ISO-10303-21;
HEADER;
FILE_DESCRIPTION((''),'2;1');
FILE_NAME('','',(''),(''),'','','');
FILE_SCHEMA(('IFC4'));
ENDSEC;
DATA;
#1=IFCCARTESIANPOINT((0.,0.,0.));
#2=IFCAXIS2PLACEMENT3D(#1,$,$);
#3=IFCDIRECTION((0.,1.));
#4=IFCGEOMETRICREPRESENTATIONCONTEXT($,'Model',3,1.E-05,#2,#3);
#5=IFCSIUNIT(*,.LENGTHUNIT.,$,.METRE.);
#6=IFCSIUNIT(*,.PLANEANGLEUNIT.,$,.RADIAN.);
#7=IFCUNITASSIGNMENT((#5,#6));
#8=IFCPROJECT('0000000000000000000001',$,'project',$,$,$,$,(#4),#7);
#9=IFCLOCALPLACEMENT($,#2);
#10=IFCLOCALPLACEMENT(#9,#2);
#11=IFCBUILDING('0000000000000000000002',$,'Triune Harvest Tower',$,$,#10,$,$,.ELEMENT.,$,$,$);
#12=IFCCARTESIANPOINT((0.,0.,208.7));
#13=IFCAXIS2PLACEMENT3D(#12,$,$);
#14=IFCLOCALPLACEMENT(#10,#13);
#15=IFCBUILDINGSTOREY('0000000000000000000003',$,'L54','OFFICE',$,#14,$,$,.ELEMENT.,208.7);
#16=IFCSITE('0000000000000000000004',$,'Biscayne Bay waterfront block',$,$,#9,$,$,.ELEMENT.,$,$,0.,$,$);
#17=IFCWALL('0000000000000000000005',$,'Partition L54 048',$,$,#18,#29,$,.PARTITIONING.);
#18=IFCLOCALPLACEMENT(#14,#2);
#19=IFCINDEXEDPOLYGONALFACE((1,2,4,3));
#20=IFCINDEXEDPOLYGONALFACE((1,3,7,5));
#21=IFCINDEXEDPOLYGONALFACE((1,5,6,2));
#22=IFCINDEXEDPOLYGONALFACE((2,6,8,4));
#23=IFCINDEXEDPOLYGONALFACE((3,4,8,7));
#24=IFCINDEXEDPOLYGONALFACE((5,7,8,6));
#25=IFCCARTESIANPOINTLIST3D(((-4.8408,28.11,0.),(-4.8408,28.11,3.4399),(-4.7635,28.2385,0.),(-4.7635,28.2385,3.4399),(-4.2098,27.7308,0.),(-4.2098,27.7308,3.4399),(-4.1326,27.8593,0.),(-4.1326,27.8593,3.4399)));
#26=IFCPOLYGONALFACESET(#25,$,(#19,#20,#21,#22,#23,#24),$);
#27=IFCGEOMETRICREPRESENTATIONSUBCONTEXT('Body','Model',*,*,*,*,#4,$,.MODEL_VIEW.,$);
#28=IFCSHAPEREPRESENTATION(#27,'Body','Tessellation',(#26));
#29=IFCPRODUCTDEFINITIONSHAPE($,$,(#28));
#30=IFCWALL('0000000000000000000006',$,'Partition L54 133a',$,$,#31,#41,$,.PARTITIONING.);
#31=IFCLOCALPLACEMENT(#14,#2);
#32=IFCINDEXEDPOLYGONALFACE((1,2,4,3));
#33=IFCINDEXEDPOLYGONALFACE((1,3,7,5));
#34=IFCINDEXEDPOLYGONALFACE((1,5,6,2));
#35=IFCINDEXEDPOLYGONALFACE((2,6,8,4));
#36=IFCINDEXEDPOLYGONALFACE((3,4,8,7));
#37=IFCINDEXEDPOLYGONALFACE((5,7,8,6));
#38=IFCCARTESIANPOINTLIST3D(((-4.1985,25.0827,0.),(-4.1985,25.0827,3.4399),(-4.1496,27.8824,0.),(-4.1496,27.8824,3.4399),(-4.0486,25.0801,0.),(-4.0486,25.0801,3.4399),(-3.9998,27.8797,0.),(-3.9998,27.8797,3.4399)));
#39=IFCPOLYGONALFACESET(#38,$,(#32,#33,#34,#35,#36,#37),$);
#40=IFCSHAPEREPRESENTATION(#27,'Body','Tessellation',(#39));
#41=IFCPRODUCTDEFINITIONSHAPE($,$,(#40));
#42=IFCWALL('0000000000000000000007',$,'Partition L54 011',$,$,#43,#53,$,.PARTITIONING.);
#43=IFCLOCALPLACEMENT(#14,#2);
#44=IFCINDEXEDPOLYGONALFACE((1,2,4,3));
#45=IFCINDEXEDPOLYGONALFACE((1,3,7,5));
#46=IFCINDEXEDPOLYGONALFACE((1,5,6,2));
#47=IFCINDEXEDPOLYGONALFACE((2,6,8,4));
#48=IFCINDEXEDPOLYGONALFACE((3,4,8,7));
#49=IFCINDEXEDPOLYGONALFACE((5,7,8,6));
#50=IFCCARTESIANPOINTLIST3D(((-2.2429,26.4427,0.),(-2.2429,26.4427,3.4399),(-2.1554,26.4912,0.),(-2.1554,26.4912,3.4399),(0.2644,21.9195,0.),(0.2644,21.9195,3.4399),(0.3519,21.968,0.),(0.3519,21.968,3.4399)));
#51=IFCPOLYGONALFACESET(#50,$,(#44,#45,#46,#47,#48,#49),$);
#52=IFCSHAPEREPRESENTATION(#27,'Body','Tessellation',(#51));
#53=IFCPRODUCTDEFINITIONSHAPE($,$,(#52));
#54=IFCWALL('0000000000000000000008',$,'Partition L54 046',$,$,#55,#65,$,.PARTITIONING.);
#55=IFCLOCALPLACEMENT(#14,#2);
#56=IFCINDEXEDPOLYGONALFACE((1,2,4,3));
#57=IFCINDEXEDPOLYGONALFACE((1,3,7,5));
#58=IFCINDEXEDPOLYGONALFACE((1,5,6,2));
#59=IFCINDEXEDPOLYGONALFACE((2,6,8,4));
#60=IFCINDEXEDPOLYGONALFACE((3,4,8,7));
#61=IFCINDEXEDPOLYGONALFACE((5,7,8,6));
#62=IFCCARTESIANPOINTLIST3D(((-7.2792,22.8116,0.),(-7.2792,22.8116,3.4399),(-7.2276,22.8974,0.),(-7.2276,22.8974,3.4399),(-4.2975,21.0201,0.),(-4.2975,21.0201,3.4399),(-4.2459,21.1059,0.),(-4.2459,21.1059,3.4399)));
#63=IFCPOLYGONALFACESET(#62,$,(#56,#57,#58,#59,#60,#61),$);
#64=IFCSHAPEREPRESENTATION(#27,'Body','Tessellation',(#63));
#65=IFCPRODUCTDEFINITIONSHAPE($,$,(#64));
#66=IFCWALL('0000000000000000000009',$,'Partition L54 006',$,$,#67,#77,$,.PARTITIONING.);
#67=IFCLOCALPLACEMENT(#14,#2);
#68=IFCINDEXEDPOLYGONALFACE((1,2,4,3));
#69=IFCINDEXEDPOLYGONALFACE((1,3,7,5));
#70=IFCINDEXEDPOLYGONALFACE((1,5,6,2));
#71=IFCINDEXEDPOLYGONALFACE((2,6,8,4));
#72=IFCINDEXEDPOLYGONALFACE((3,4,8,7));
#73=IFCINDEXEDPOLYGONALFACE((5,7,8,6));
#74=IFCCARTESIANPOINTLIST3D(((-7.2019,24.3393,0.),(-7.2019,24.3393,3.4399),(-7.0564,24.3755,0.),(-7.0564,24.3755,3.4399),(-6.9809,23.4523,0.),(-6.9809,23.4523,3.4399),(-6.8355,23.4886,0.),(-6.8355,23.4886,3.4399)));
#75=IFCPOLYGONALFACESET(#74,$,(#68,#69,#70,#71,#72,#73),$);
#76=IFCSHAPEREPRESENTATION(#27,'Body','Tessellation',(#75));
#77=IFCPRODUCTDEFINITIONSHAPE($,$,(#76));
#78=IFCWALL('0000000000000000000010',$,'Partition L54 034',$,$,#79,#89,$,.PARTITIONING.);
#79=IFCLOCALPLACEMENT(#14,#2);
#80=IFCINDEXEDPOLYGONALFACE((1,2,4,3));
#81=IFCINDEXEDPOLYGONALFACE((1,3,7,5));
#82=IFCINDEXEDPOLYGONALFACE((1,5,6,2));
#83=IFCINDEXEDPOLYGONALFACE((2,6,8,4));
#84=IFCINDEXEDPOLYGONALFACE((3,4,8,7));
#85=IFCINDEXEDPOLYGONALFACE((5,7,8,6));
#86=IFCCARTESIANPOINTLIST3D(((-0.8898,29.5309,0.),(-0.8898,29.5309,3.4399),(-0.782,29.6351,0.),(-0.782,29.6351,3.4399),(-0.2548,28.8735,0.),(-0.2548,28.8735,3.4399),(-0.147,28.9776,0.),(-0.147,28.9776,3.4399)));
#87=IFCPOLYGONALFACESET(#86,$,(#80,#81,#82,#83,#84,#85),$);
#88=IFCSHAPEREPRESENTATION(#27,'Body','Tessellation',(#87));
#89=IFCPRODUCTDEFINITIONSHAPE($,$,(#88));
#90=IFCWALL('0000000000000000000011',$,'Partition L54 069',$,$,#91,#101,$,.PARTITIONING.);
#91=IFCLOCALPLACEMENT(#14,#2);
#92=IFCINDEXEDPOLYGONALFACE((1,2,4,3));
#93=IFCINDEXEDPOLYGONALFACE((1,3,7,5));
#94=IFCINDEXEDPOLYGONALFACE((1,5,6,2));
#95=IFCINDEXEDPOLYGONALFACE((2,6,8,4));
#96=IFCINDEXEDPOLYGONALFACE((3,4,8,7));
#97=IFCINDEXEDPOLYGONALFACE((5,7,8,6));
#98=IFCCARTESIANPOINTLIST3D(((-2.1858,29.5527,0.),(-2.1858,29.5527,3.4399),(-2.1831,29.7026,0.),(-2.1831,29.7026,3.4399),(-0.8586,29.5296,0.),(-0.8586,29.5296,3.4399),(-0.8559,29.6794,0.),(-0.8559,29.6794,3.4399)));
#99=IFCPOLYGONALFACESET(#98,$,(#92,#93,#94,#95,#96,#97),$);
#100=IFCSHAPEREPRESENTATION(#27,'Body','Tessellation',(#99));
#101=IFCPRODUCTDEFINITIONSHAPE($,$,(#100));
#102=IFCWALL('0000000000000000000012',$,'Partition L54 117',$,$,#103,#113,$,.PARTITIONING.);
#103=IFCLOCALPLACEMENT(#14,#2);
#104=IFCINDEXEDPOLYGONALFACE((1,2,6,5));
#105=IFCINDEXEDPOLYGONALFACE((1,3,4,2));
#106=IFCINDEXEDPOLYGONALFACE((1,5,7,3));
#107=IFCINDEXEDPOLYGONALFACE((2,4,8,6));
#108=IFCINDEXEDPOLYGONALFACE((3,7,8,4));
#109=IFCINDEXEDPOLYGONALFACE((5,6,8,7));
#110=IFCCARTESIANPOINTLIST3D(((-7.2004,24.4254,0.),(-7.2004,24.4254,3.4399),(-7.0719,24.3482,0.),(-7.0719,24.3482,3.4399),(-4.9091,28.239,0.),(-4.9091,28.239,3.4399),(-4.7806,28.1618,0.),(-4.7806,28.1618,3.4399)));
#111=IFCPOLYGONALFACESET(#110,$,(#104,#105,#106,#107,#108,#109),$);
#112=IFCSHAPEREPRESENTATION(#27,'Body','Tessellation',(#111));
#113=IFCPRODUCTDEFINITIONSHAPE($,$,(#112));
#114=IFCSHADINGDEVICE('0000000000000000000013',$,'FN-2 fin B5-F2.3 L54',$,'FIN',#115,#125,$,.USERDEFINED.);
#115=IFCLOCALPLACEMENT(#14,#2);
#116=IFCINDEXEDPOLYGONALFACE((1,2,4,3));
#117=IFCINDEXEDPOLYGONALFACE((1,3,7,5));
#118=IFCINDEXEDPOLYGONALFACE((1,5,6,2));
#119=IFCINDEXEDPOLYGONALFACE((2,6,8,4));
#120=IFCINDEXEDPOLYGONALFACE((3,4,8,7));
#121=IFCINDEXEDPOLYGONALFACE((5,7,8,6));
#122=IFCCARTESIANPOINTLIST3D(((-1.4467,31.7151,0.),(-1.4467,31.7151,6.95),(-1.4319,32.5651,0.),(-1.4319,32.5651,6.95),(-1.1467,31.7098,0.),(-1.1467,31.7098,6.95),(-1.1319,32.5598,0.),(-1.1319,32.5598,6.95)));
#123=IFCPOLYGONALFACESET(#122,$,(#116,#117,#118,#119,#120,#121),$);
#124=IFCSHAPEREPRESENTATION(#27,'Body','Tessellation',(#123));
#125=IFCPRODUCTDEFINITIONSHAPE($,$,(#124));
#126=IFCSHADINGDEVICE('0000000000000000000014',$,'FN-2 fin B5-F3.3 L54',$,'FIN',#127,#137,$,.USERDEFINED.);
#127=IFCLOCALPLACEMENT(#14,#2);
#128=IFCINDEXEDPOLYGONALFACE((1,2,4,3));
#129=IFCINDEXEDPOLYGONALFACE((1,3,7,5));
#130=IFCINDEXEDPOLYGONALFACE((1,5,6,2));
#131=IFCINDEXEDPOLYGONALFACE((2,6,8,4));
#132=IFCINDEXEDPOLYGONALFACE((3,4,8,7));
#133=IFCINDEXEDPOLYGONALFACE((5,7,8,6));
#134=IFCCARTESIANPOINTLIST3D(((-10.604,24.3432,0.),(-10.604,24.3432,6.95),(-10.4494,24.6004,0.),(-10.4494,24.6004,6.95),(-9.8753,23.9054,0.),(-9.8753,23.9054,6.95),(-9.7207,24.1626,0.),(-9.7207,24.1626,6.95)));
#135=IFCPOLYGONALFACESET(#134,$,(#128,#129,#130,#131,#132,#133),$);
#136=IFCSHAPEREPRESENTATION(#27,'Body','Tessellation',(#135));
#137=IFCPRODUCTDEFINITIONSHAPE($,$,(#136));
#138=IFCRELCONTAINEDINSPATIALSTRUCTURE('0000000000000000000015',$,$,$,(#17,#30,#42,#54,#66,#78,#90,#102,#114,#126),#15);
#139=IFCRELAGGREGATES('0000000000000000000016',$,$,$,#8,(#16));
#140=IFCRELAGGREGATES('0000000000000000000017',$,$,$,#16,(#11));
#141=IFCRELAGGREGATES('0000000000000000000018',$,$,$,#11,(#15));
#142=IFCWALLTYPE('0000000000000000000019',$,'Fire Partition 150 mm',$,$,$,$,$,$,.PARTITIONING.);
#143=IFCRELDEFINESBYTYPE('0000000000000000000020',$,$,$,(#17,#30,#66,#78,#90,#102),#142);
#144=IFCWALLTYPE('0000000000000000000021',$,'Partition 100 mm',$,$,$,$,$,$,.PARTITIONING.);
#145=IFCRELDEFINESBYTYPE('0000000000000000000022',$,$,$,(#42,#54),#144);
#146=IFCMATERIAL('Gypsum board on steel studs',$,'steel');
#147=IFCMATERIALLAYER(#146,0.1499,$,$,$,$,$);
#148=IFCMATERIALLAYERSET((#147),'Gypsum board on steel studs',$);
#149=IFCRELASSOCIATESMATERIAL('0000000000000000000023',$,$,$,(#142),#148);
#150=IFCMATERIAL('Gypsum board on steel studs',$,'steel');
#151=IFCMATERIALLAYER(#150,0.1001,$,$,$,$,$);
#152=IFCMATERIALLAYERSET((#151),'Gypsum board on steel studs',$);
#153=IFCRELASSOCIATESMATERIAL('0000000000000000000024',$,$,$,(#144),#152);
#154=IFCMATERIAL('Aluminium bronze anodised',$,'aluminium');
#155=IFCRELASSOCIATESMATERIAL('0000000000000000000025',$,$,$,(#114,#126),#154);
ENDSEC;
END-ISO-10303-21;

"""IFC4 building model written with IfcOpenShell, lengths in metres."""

from ifc_helpers import new_model, si_unit, direction, frame, frame_2d, origin, origin_2d, place, context, subcontext, project, spatial, rectangle, extrude, source, transform, mapped, material, layer, layer_set, type_object, element, save


model = new_model("IFC4")

# Units and contexts
model_context = context("Model", 3, precision=1e-05, world=origin(), true_north=direction((0.0, 1.0)))
body_context = subcontext(model_context, "Body", "Model", "MODEL_VIEW")
ifc_project = project(units=[si_unit("LENGTHUNIT", "METRE"), si_unit("PLANEANGLEUNIT", "RADIAN")], contexts=[model_context])

# Site, building, storey
site_placement = place(None, origin())
site = spatial("IfcSite", under=ifc_project, at=site_placement, Name="Biscayne Bay waterfront block", CompositionType="ELEMENT", RefElevation=0.0)
building_placement = place(site_placement, origin())
building = spatial("IfcBuilding", under=site, at=building_placement, Name="Triune Harvest Tower", CompositionType="ELEMENT")
storey_placement = place(building_placement, frame((0.0, 0.0, 208.7)))
storey = spatial("IfcBuildingStorey", under=building, at=storey_placement, Name="L54", Description="OFFICE", CompositionType="ELEMENT", Elevation=208.7)

# Walls
ifc_material_1 = material(Name="Gypsum board on steel studs", Category="steel")
ifc_layer_1 = layer(ifc_material_1, 0.1499)
ifc_layer_set_1 = layer_set([ifc_layer_1], Name="Gypsum board on steel studs")
wall_type_1 = type_object("IfcWallType", Name="Fire Partition 150 mm", PredefinedType="PARTITIONING", material=ifc_layer_set_1)
wall_1_placement = place(storey_placement, frame((-4.8022, 28.1743, 0.0), z_axis=(0.0, 0.0, 1.0), x_axis=(0.857112, -0.51513, 0.0)))
element("IfcWall", 1, at=wall_1_placement, inside=storey, type_object=wall_type_1, Name="Partition L54 048", PredefinedType="PARTITIONING", context=body_context, shape_type="SweptSolid", body=[
    extrude(rectangle(XDim=0.7361, YDim=0.1499, at=frame_2d((0.3682, 0.0))), origin(), (0.0, 0.0, 1.0), 3.4399),
])
wall_2_placement = place(storey_placement, frame((-4.1235, 25.0815, 0.0), z_axis=(0.0, 0.0, 1.0), x_axis=(0.017439, 0.999848, 0.0)))
element("IfcWall", 2, at=wall_2_placement, inside=storey, type_object=wall_type_1, Name="Partition L54 133a", PredefinedType="PARTITIONING", context=body_context, shape_type="SweptSolid", body=[
    extrude(rectangle(XDim=2.8, YDim=0.1499, at=frame_2d((1.3999, 0.0))), origin(), (0.0, 0.0, 1.0), 3.4399),
])
ifc_material_2 = material(Name="Gypsum board on steel studs", Category="steel")
ifc_layer_2 = layer(ifc_material_2, 0.1001)
ifc_layer_set_2 = layer_set([ifc_layer_2], Name="Gypsum board on steel studs")
wall_type_2 = type_object("IfcWallType", Name="Partition 100 mm", PredefinedType="PARTITIONING", material=ifc_layer_set_2)
wall_3_placement = place(storey_placement, frame((-2.1992, 26.467, 0.0), z_axis=(0.0, 0.0, 1.0), x_axis=(0.484821, -0.874613, 0.0)))
element("IfcWall", 3, at=wall_3_placement, inside=storey, type_object=wall_type_2, Name="Partition L54 011", PredefinedType="PARTITIONING", context=body_context, shape_type="SweptSolid", body=[
    extrude(rectangle(XDim=5.1716, YDim=0.1001, at=frame_2d((2.5859, 0.0))), origin(), (0.0, 0.0, 1.0), 3.4399),
])
wall_4_placement = place(storey_placement, frame((-7.2534, 22.8545, 0.0), z_axis=(0.0, 0.0, 1.0), x_axis=(0.857177, -0.515022, 0.0)))
element("IfcWall", 4, at=wall_4_placement, inside=storey, type_object=wall_type_2, Name="Partition L54 046", PredefinedType="PARTITIONING", context=body_context, shape_type="SweptSolid", body=[
    extrude(rectangle(XDim=3.4785, YDim=0.1001, at=frame_2d((1.7393, 0.0))), origin(), (0.0, 0.0, 1.0), 3.4399),
])
shared_shape_1 = source(origin(), body_context, "Body", "SweptSolid", [
    extrude(rectangle(XDim=0.9141, YDim=0.1499, at=frame_2d((0.457, 0.0))), origin(), (0.0, 0.0, 1.0), 3.4399),
])
for number, where, z_axis, x_axis, name in (
    (5, (-7.1292, 24.3574, 0.0), (0.0, 0.0, 1.0), (0.241719, -0.970346, 0.0), "Partition L54 006"),
    (6, (-0.8359, 29.583, 0.0), (0.0, 0.0, 1.0), (0.694714, -0.719286, 0.0), "Partition L54 034"),
):
    element("IfcWall", number, at=place(storey_placement, frame(where, z_axis=z_axis, x_axis=x_axis)), inside=storey, type_object=wall_type_1, Name=name, PredefinedType="PARTITIONING", context=body_context, shape_type="MappedRepresentation", body=[
        mapped(shared_shape_1, transform((0.0, 0.0, 0.0), scale=1.0)),
    ])
shared_shape_2 = source(origin(), body_context, "Body", "SweptSolid", [
    extrude(rectangle(XDim=1.3274, YDim=0.1499, at=frame_2d((0.6636, 0.0))), origin(), (0.0, 0.0, 1.0), 3.4399),
])
wall_5_placement = place(storey_placement, frame((-2.1843, 29.6277, 0.0), z_axis=(0.0, 0.0, 1.0), x_axis=(0.999847, -0.017473, 0.0)))
element("IfcWall", 7, at=wall_5_placement, inside=storey, type_object=wall_type_1, Name="Partition L54 069", PredefinedType="PARTITIONING", context=body_context, shape_type="MappedRepresentation", body=[
    mapped(shared_shape_2, transform((0.0, 0.0, 0.0), scale=1.0)),
])
shared_shape_3 = source(origin(), body_context, "Body", "SweptSolid", [
    extrude(rectangle(XDim=4.449, YDim=0.1499, at=frame_2d((2.2246, 0.0))), origin(), (0.0, 0.0, 1.0), 3.4399),
])
wall_6_placement = place(storey_placement, frame((-7.1362, 24.3867, 0.0), z_axis=(0.0, 0.0, 1.0), x_axis=(0.51502, 0.857178, 0.0)))
element("IfcWall", 8, at=wall_6_placement, inside=storey, type_object=wall_type_1, Name="Partition L54 117", PredefinedType="PARTITIONING", context=body_context, shape_type="MappedRepresentation", body=[
    mapped(shared_shape_3, transform((0.0, 0.0, 0.0), scale=1.0)),
])

# Shading devices
ifc_material_3 = material(Name="Aluminium bronze anodised", Category="aluminium")
shared_shape_4 = source(origin(), body_context, "Body", "SweptSolid", [
    extrude(rectangle(XDim=0.3, YDim=0.8501, at=origin_2d()), origin(), (0.0, 0.0, 1.0), 6.95),
])
for number, where, z_axis, x_axis, name in (
    (9, (-1.2893, 32.1375, 0.0), (0.0, 0.0, 1.0), (-0.999848, 0.017446, 0.0), "FN-2 fin B5-F2.3 L54"),
    (10, (-10.1624, 24.2529, 0.0), (0.0, 0.0, 1.0), (-0.515037, -0.857168, 0.0), "FN-2 fin B5-F3.3 L54"),
):
    element("IfcShadingDevice", number, at=place(storey_placement, frame(where, z_axis=z_axis, x_axis=x_axis)), inside=storey, material=ifc_material_3, Name=name, ObjectType="FIN", PredefinedType="USERDEFINED", context=body_context, shape_type="MappedRepresentation", body=[
        mapped(shared_shape_4, transform((0.0, 0.0, 0.0), scale=1.0)),
    ])

save(model, "model.ifc")
